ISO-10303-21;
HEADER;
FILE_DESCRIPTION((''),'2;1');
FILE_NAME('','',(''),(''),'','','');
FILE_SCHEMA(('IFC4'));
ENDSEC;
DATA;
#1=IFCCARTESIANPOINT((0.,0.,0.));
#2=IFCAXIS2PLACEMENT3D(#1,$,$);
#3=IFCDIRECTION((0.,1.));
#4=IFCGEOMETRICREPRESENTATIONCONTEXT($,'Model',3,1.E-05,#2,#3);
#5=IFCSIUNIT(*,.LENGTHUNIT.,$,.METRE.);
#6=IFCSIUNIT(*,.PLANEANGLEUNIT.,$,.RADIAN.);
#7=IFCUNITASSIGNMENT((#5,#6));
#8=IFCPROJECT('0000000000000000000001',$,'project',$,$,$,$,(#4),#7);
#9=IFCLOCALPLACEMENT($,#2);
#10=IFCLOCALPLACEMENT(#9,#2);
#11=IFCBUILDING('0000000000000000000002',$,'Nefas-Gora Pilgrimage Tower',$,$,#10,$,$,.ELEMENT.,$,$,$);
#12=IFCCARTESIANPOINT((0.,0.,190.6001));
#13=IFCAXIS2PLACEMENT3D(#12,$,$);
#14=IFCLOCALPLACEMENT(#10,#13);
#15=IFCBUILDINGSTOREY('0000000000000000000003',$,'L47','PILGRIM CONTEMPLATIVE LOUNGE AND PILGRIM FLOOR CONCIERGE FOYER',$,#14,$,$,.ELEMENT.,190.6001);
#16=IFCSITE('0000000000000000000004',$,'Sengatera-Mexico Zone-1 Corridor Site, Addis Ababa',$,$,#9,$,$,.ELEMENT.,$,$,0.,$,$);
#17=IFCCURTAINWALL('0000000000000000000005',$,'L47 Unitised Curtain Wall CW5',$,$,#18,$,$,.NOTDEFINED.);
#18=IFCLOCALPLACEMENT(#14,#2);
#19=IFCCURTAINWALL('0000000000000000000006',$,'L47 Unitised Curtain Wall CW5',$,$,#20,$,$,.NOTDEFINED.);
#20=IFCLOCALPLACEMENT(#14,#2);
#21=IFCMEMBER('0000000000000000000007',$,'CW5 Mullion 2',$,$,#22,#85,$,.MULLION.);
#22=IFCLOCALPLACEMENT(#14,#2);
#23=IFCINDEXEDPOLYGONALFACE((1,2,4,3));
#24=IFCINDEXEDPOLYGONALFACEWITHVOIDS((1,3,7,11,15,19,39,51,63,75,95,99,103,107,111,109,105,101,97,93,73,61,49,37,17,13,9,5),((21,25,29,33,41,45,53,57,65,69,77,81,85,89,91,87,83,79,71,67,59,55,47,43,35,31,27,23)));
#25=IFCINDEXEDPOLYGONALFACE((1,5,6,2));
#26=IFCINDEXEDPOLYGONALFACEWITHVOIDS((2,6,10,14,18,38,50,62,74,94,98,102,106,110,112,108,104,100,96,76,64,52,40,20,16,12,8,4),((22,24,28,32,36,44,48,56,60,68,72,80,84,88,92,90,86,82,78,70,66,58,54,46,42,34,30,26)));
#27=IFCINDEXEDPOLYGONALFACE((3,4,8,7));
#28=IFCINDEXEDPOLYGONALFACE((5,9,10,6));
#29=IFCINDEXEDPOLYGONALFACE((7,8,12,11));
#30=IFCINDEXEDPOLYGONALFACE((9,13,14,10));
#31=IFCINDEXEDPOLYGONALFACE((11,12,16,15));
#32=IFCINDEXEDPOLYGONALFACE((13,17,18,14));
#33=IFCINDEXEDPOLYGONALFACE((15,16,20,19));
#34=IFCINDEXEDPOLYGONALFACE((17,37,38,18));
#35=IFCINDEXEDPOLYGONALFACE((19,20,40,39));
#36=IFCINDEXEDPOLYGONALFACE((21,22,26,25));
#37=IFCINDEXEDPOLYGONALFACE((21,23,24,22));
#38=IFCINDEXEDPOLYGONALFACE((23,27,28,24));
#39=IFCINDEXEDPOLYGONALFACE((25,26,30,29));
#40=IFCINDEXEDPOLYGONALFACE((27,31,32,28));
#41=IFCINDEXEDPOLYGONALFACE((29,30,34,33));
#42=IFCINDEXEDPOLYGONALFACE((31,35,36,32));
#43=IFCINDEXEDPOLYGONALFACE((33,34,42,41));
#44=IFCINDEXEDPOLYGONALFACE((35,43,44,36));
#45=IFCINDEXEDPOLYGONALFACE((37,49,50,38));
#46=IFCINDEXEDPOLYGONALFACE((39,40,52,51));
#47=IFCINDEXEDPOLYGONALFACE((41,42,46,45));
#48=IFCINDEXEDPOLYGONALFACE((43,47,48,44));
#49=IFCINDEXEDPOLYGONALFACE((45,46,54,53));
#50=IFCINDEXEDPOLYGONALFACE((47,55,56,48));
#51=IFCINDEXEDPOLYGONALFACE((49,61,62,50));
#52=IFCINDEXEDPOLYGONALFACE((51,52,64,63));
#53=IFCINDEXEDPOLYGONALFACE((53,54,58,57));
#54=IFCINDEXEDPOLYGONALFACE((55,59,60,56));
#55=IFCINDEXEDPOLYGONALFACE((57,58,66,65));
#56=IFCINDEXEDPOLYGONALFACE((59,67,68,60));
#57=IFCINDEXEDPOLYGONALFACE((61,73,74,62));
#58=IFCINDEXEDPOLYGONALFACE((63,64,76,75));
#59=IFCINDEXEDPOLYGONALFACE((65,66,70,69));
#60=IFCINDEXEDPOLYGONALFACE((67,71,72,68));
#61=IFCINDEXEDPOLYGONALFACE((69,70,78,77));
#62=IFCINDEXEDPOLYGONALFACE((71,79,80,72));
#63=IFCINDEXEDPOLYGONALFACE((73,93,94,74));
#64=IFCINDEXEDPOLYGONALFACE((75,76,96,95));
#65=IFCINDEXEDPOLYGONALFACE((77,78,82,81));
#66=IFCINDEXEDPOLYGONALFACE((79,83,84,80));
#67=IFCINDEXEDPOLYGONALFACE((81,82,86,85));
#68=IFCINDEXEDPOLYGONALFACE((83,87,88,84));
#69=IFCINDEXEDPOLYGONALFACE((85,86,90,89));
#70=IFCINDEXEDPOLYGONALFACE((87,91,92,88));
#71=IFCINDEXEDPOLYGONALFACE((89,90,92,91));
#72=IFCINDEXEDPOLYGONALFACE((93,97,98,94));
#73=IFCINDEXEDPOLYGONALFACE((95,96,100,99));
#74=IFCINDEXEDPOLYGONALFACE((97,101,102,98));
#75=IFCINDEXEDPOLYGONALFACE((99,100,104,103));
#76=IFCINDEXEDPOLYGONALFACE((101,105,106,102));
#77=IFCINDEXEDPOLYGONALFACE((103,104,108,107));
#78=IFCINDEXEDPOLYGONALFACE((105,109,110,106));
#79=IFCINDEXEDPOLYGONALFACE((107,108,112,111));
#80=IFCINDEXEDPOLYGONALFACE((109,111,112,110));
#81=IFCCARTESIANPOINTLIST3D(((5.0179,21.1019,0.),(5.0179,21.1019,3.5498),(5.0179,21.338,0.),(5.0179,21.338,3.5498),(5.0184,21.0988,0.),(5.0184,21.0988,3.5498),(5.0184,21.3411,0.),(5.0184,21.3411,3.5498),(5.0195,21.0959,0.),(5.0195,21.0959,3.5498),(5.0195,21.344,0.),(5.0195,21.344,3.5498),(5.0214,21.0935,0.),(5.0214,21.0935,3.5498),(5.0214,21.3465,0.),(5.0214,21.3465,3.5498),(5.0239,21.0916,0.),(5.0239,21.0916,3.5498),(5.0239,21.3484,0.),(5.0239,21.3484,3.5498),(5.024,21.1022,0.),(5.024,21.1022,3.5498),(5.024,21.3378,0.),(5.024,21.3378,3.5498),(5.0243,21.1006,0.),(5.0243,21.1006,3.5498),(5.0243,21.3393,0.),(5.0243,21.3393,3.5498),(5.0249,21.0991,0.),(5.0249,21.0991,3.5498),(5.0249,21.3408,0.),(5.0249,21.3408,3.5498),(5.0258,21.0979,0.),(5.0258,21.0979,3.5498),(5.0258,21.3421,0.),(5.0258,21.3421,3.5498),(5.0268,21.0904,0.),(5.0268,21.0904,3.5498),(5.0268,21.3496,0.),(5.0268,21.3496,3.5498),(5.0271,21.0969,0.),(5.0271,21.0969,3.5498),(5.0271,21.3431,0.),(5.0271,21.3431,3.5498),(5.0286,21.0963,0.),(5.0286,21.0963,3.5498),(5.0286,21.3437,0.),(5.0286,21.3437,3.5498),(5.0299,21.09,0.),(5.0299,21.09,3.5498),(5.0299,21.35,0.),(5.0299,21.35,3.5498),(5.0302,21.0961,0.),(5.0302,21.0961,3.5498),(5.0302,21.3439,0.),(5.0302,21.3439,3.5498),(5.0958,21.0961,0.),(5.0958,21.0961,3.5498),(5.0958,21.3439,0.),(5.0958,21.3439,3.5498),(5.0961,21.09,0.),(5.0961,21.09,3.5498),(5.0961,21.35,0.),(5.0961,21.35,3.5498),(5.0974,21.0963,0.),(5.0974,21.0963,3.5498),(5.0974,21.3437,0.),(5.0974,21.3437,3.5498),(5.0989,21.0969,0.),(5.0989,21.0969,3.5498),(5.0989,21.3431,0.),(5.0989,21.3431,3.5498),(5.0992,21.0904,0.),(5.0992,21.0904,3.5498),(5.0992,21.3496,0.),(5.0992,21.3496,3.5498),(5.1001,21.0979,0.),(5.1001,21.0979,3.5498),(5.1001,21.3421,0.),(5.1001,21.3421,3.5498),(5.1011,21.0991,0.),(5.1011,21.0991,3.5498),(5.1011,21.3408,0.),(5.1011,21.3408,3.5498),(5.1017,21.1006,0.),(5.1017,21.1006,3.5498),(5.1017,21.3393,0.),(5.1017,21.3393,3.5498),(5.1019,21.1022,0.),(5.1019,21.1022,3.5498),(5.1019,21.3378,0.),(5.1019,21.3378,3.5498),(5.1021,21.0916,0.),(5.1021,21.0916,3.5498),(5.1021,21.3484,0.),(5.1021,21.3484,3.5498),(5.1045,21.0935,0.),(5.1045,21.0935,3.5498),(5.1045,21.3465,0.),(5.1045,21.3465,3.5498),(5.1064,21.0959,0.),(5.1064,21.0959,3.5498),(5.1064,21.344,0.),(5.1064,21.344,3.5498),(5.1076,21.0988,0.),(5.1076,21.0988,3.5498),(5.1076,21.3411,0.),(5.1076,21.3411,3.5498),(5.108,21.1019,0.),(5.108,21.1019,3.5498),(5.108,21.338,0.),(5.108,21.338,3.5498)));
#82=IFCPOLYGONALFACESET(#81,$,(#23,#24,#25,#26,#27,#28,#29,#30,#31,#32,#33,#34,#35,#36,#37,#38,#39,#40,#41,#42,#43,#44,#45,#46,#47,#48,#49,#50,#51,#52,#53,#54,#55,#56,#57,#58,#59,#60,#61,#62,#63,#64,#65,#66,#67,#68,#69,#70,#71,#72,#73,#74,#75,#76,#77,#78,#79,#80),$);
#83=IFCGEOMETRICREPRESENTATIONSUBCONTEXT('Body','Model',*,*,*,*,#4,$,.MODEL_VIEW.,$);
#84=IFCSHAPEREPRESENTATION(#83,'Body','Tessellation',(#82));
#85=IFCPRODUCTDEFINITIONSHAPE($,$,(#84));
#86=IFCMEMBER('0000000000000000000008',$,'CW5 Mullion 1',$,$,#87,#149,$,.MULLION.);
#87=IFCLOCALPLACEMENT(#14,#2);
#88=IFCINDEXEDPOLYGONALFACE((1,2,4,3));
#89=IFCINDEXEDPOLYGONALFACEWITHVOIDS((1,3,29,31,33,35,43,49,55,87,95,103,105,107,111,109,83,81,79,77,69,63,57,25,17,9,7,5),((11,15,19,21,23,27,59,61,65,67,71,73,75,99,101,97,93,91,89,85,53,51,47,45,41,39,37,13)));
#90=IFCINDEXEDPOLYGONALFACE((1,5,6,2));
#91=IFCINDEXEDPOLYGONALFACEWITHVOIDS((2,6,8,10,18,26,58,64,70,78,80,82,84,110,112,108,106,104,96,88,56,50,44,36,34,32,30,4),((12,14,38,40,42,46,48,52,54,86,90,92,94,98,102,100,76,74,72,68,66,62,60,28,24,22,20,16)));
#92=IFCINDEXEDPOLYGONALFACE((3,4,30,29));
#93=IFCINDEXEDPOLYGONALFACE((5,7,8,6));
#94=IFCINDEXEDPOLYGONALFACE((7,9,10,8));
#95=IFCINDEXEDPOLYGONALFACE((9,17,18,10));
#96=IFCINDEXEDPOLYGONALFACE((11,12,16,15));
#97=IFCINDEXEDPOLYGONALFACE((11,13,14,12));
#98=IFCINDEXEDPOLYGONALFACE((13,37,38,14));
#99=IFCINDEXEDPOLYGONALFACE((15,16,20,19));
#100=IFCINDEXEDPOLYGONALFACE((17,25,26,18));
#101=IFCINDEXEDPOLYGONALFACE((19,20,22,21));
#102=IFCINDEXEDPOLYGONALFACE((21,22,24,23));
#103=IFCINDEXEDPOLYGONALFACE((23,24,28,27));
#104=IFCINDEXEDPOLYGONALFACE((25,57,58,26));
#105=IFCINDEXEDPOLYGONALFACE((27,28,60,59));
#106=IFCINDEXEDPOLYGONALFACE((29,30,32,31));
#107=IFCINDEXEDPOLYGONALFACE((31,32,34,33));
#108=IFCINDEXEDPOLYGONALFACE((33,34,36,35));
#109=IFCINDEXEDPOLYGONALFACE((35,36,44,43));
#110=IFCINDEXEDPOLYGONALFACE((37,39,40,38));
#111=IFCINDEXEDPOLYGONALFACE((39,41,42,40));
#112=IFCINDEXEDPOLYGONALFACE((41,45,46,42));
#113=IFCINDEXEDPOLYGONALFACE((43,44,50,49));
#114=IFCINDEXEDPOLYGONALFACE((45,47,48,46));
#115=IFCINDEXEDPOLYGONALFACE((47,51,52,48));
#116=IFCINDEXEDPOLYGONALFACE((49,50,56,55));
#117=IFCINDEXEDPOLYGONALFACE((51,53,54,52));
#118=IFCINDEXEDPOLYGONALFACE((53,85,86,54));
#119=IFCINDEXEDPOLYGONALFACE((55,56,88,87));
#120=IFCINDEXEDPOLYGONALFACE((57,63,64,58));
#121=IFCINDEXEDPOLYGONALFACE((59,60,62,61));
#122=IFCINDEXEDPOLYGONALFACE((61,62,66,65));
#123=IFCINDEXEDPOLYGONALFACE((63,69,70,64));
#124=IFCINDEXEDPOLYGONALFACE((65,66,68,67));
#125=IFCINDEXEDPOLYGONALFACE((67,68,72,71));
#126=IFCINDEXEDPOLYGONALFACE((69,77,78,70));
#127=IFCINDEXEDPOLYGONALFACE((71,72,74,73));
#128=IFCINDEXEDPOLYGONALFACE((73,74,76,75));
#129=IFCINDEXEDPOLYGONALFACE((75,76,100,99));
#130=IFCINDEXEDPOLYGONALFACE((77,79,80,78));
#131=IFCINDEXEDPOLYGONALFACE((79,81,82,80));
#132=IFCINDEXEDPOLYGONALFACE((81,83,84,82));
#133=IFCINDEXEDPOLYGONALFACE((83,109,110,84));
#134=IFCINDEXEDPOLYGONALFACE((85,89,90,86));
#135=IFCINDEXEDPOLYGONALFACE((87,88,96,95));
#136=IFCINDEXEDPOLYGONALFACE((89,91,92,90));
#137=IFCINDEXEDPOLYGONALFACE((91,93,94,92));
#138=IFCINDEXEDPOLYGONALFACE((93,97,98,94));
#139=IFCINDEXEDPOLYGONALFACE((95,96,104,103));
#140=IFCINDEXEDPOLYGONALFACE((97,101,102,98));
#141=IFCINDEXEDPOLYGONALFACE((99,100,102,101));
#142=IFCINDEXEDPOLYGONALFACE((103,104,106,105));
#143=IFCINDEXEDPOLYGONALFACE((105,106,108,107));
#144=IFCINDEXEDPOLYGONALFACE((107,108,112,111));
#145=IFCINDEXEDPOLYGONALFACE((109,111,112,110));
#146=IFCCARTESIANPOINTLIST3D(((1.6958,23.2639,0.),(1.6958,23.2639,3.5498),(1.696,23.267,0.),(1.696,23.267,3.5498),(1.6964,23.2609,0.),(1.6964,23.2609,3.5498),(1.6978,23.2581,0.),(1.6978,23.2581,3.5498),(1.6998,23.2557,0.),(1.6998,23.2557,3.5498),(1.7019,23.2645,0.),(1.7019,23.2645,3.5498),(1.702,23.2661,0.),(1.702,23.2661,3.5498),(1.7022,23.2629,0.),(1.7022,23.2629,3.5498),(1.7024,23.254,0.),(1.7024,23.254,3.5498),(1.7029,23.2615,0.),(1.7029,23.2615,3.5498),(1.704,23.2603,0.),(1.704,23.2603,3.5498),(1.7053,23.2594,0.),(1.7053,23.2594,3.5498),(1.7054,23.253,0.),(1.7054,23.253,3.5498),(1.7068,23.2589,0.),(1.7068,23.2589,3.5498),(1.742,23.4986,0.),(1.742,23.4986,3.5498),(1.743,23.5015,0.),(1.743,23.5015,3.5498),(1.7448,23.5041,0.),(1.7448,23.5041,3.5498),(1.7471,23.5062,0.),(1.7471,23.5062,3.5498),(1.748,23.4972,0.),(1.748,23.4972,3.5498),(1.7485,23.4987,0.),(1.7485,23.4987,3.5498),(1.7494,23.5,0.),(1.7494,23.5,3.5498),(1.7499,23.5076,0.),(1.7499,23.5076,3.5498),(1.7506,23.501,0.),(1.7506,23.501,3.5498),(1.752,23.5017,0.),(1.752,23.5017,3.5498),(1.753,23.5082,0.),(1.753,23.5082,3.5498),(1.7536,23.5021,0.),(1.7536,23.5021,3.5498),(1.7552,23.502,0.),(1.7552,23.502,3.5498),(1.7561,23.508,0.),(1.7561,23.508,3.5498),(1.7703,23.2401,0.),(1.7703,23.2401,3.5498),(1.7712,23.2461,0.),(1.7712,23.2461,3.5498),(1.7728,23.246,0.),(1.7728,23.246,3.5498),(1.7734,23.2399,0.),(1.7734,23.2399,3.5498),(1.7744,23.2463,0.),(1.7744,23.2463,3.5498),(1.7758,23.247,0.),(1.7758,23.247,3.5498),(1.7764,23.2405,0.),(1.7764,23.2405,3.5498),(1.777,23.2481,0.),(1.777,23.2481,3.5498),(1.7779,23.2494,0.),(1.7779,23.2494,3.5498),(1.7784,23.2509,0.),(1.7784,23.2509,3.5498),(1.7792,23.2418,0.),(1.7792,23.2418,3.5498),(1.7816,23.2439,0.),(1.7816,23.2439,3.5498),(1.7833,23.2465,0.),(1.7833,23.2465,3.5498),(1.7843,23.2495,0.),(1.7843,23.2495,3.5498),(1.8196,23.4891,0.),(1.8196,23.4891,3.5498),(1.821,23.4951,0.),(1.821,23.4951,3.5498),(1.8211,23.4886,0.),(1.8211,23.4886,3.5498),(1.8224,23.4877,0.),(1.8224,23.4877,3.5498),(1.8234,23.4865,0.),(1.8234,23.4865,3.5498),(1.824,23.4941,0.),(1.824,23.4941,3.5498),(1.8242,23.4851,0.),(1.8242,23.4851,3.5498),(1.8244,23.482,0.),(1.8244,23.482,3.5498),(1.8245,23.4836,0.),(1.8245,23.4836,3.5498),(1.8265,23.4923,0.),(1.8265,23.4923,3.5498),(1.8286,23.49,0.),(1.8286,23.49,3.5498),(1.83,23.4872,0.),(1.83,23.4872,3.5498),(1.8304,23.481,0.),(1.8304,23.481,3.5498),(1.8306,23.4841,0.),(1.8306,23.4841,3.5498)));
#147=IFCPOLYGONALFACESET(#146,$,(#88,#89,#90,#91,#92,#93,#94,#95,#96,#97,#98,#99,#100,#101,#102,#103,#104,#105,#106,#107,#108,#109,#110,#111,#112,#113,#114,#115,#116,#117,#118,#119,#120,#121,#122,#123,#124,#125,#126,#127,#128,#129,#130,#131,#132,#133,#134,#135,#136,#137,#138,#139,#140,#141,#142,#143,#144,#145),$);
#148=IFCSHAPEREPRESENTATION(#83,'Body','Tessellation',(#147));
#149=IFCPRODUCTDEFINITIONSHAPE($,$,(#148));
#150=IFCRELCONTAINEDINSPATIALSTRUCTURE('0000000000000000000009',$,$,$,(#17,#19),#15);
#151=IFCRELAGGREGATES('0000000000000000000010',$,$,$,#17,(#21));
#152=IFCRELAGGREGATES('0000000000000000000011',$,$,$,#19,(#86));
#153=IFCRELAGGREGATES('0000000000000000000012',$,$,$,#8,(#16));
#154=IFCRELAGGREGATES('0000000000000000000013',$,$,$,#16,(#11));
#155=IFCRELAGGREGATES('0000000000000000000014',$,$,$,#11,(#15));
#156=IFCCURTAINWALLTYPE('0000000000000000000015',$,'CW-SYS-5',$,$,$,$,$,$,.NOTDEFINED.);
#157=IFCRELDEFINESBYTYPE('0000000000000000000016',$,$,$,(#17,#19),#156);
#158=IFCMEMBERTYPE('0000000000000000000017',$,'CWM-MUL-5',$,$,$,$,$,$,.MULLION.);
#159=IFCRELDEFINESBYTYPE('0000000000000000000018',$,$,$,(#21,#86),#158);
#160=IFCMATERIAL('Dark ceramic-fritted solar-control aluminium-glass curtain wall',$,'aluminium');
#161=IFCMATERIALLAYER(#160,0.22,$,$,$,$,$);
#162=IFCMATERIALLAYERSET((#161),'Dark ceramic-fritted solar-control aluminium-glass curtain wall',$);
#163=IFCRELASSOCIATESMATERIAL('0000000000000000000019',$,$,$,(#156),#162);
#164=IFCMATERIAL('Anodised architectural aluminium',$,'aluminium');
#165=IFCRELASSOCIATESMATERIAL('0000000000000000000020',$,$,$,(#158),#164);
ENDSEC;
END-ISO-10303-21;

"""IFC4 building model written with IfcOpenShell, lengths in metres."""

from ifc_helpers import new_model, si_unit, direction, frame, origin, origin_2d, place, context, subcontext, project, spatial, hollow_rectangle, extrude, source, transform, mapped, material, layer, layer_set, material_profile, profile_set, type_object, element, aggregate, save


model = new_model("IFC4")

# Units and contexts
model_context = context("Model", 3, precision=1e-05, world=origin(), true_north=direction((0.0, 1.0)))
body_context = subcontext(model_context, "Body", "Model", "MODEL_VIEW")
ifc_project = project(units=[si_unit("LENGTHUNIT", "METRE"), si_unit("PLANEANGLEUNIT", "RADIAN")], contexts=[model_context])

# Site, building, storey
site_placement = place(None, origin())
site = spatial("IfcSite", under=ifc_project, at=site_placement, Name="Sengatera-Mexico Zone-1 Corridor Site, Addis Ababa", CompositionType="ELEMENT", RefElevation=0.0)
building_placement = place(site_placement, origin())
building = spatial("IfcBuilding", under=site, at=building_placement, Name="Nefas-Gora Pilgrimage Tower", CompositionType="ELEMENT")
storey_placement = place(building_placement, frame((0.0, 0.0, 190.6001)))
storey = spatial("IfcBuildingStorey", under=building, at=storey_placement, Name="L47", Description="PILGRIM CONTEMPLATIVE LOUNGE AND PILGRIM FLOOR CONCIERGE FOYER", CompositionType="ELEMENT", Elevation=190.6001)

# Curtain walls
ifc_material_1 = material(Name="Dark ceramic-fritted solar-control aluminium-glass curtain wall", Category="aluminium")
ifc_layer_1 = layer(ifc_material_1, 0.22)
ifc_layer_set_1 = layer_set([ifc_layer_1], Name="Dark ceramic-fritted solar-control aluminium-glass curtain wall")
curtain_wall_type = type_object("IfcCurtainWallType", Name="CW-SYS-5", PredefinedType="NOTDEFINED", material=ifc_layer_set_1)
curtain_wall_1_placement = place(storey_placement, origin())
curtain_wall_1 = element("IfcCurtainWall", 1, at=curtain_wall_1_placement, inside=storey, type_object=curtain_wall_type, Name="L47 Unitised Curtain Wall CW5", PredefinedType="NOTDEFINED")
ifc_material_2 = material(Name="Anodised architectural aluminium", Category="aluminium")
curtain_wall_2_placement = place(storey_placement, origin())
curtain_wall_2 = element("IfcCurtainWall", 2, at=curtain_wall_2_placement, inside=storey, type_object=curtain_wall_type, Name="L47 Unitised Curtain Wall CW5", PredefinedType="NOTDEFINED")

# Members
ifc_material_profile_1 = material_profile(ifc_material_2, hollow_rectangle(XDim=0.0901, YDim=0.26, WallThickness=0.0061, InnerFilletRadius=0.0061, OuterFilletRadius=0.012, at=origin_2d()), Name="ALU MULLION 90x260")
ifc_profile_set_1 = profile_set([ifc_material_profile_1], Name="Anodised architectural aluminium")
member_type_1 = type_object("IfcMemberType", Name="CWM-MUL-5", PredefinedType="MULLION", material=ifc_profile_set_1)
shared_shape_1 = source(origin(), body_context, "Body", "SweptSolid", [
    extrude(hollow_rectangle(XDim=0.0901, YDim=0.26, WallThickness=0.0061, InnerFilletRadius=0.0061, OuterFilletRadius=0.012, at=origin_2d()), origin(), (0.0, 0.0, 1.0), 3.5498),
])
member_1_placement = place(storey_placement, frame((5.063, 21.22, 0.0), z_axis=(0.0, 0.0, 1.0), x_axis=(-1.0, 0.0, 0.0)))
member_1 = element("IfcMember", 3, at=member_1_placement, type_object=member_type_1, Name="CW5 Mullion 2", PredefinedType="MULLION", context=body_context, shape_type="MappedRepresentation", body=[
    mapped(shared_shape_1, transform((0.0, 0.0, 0.0), x_axis=(1.0, 0.0, 0.0), y_axis=(0.0, 1.0, 0.0), z_axis=(0.0, 0.0, 1.0), scale=1.0)),
])
member_2_placement = place(storey_placement, frame((1.7632, 23.374, 0.0), z_axis=(0.0, 0.0, 1.0), x_axis=(-0.980783, 0.195102, 0.0)))
member_2 = element("IfcMember", 4, at=member_2_placement, type_object=member_type_1, Name="CW5 Mullion 1", PredefinedType="MULLION", context=body_context, shape_type="MappedRepresentation", body=[
    mapped(shared_shape_1, transform((0.0, 0.0, 0.0), x_axis=(1.0, 0.0, 0.0), y_axis=(0.0, 1.0, 0.0), z_axis=(0.0, 0.0, 1.0), scale=1.0)),
])

aggregate(curtain_wall_1, [member_1])
aggregate(curtain_wall_2, [member_2])

save(model, "model.ifc")
